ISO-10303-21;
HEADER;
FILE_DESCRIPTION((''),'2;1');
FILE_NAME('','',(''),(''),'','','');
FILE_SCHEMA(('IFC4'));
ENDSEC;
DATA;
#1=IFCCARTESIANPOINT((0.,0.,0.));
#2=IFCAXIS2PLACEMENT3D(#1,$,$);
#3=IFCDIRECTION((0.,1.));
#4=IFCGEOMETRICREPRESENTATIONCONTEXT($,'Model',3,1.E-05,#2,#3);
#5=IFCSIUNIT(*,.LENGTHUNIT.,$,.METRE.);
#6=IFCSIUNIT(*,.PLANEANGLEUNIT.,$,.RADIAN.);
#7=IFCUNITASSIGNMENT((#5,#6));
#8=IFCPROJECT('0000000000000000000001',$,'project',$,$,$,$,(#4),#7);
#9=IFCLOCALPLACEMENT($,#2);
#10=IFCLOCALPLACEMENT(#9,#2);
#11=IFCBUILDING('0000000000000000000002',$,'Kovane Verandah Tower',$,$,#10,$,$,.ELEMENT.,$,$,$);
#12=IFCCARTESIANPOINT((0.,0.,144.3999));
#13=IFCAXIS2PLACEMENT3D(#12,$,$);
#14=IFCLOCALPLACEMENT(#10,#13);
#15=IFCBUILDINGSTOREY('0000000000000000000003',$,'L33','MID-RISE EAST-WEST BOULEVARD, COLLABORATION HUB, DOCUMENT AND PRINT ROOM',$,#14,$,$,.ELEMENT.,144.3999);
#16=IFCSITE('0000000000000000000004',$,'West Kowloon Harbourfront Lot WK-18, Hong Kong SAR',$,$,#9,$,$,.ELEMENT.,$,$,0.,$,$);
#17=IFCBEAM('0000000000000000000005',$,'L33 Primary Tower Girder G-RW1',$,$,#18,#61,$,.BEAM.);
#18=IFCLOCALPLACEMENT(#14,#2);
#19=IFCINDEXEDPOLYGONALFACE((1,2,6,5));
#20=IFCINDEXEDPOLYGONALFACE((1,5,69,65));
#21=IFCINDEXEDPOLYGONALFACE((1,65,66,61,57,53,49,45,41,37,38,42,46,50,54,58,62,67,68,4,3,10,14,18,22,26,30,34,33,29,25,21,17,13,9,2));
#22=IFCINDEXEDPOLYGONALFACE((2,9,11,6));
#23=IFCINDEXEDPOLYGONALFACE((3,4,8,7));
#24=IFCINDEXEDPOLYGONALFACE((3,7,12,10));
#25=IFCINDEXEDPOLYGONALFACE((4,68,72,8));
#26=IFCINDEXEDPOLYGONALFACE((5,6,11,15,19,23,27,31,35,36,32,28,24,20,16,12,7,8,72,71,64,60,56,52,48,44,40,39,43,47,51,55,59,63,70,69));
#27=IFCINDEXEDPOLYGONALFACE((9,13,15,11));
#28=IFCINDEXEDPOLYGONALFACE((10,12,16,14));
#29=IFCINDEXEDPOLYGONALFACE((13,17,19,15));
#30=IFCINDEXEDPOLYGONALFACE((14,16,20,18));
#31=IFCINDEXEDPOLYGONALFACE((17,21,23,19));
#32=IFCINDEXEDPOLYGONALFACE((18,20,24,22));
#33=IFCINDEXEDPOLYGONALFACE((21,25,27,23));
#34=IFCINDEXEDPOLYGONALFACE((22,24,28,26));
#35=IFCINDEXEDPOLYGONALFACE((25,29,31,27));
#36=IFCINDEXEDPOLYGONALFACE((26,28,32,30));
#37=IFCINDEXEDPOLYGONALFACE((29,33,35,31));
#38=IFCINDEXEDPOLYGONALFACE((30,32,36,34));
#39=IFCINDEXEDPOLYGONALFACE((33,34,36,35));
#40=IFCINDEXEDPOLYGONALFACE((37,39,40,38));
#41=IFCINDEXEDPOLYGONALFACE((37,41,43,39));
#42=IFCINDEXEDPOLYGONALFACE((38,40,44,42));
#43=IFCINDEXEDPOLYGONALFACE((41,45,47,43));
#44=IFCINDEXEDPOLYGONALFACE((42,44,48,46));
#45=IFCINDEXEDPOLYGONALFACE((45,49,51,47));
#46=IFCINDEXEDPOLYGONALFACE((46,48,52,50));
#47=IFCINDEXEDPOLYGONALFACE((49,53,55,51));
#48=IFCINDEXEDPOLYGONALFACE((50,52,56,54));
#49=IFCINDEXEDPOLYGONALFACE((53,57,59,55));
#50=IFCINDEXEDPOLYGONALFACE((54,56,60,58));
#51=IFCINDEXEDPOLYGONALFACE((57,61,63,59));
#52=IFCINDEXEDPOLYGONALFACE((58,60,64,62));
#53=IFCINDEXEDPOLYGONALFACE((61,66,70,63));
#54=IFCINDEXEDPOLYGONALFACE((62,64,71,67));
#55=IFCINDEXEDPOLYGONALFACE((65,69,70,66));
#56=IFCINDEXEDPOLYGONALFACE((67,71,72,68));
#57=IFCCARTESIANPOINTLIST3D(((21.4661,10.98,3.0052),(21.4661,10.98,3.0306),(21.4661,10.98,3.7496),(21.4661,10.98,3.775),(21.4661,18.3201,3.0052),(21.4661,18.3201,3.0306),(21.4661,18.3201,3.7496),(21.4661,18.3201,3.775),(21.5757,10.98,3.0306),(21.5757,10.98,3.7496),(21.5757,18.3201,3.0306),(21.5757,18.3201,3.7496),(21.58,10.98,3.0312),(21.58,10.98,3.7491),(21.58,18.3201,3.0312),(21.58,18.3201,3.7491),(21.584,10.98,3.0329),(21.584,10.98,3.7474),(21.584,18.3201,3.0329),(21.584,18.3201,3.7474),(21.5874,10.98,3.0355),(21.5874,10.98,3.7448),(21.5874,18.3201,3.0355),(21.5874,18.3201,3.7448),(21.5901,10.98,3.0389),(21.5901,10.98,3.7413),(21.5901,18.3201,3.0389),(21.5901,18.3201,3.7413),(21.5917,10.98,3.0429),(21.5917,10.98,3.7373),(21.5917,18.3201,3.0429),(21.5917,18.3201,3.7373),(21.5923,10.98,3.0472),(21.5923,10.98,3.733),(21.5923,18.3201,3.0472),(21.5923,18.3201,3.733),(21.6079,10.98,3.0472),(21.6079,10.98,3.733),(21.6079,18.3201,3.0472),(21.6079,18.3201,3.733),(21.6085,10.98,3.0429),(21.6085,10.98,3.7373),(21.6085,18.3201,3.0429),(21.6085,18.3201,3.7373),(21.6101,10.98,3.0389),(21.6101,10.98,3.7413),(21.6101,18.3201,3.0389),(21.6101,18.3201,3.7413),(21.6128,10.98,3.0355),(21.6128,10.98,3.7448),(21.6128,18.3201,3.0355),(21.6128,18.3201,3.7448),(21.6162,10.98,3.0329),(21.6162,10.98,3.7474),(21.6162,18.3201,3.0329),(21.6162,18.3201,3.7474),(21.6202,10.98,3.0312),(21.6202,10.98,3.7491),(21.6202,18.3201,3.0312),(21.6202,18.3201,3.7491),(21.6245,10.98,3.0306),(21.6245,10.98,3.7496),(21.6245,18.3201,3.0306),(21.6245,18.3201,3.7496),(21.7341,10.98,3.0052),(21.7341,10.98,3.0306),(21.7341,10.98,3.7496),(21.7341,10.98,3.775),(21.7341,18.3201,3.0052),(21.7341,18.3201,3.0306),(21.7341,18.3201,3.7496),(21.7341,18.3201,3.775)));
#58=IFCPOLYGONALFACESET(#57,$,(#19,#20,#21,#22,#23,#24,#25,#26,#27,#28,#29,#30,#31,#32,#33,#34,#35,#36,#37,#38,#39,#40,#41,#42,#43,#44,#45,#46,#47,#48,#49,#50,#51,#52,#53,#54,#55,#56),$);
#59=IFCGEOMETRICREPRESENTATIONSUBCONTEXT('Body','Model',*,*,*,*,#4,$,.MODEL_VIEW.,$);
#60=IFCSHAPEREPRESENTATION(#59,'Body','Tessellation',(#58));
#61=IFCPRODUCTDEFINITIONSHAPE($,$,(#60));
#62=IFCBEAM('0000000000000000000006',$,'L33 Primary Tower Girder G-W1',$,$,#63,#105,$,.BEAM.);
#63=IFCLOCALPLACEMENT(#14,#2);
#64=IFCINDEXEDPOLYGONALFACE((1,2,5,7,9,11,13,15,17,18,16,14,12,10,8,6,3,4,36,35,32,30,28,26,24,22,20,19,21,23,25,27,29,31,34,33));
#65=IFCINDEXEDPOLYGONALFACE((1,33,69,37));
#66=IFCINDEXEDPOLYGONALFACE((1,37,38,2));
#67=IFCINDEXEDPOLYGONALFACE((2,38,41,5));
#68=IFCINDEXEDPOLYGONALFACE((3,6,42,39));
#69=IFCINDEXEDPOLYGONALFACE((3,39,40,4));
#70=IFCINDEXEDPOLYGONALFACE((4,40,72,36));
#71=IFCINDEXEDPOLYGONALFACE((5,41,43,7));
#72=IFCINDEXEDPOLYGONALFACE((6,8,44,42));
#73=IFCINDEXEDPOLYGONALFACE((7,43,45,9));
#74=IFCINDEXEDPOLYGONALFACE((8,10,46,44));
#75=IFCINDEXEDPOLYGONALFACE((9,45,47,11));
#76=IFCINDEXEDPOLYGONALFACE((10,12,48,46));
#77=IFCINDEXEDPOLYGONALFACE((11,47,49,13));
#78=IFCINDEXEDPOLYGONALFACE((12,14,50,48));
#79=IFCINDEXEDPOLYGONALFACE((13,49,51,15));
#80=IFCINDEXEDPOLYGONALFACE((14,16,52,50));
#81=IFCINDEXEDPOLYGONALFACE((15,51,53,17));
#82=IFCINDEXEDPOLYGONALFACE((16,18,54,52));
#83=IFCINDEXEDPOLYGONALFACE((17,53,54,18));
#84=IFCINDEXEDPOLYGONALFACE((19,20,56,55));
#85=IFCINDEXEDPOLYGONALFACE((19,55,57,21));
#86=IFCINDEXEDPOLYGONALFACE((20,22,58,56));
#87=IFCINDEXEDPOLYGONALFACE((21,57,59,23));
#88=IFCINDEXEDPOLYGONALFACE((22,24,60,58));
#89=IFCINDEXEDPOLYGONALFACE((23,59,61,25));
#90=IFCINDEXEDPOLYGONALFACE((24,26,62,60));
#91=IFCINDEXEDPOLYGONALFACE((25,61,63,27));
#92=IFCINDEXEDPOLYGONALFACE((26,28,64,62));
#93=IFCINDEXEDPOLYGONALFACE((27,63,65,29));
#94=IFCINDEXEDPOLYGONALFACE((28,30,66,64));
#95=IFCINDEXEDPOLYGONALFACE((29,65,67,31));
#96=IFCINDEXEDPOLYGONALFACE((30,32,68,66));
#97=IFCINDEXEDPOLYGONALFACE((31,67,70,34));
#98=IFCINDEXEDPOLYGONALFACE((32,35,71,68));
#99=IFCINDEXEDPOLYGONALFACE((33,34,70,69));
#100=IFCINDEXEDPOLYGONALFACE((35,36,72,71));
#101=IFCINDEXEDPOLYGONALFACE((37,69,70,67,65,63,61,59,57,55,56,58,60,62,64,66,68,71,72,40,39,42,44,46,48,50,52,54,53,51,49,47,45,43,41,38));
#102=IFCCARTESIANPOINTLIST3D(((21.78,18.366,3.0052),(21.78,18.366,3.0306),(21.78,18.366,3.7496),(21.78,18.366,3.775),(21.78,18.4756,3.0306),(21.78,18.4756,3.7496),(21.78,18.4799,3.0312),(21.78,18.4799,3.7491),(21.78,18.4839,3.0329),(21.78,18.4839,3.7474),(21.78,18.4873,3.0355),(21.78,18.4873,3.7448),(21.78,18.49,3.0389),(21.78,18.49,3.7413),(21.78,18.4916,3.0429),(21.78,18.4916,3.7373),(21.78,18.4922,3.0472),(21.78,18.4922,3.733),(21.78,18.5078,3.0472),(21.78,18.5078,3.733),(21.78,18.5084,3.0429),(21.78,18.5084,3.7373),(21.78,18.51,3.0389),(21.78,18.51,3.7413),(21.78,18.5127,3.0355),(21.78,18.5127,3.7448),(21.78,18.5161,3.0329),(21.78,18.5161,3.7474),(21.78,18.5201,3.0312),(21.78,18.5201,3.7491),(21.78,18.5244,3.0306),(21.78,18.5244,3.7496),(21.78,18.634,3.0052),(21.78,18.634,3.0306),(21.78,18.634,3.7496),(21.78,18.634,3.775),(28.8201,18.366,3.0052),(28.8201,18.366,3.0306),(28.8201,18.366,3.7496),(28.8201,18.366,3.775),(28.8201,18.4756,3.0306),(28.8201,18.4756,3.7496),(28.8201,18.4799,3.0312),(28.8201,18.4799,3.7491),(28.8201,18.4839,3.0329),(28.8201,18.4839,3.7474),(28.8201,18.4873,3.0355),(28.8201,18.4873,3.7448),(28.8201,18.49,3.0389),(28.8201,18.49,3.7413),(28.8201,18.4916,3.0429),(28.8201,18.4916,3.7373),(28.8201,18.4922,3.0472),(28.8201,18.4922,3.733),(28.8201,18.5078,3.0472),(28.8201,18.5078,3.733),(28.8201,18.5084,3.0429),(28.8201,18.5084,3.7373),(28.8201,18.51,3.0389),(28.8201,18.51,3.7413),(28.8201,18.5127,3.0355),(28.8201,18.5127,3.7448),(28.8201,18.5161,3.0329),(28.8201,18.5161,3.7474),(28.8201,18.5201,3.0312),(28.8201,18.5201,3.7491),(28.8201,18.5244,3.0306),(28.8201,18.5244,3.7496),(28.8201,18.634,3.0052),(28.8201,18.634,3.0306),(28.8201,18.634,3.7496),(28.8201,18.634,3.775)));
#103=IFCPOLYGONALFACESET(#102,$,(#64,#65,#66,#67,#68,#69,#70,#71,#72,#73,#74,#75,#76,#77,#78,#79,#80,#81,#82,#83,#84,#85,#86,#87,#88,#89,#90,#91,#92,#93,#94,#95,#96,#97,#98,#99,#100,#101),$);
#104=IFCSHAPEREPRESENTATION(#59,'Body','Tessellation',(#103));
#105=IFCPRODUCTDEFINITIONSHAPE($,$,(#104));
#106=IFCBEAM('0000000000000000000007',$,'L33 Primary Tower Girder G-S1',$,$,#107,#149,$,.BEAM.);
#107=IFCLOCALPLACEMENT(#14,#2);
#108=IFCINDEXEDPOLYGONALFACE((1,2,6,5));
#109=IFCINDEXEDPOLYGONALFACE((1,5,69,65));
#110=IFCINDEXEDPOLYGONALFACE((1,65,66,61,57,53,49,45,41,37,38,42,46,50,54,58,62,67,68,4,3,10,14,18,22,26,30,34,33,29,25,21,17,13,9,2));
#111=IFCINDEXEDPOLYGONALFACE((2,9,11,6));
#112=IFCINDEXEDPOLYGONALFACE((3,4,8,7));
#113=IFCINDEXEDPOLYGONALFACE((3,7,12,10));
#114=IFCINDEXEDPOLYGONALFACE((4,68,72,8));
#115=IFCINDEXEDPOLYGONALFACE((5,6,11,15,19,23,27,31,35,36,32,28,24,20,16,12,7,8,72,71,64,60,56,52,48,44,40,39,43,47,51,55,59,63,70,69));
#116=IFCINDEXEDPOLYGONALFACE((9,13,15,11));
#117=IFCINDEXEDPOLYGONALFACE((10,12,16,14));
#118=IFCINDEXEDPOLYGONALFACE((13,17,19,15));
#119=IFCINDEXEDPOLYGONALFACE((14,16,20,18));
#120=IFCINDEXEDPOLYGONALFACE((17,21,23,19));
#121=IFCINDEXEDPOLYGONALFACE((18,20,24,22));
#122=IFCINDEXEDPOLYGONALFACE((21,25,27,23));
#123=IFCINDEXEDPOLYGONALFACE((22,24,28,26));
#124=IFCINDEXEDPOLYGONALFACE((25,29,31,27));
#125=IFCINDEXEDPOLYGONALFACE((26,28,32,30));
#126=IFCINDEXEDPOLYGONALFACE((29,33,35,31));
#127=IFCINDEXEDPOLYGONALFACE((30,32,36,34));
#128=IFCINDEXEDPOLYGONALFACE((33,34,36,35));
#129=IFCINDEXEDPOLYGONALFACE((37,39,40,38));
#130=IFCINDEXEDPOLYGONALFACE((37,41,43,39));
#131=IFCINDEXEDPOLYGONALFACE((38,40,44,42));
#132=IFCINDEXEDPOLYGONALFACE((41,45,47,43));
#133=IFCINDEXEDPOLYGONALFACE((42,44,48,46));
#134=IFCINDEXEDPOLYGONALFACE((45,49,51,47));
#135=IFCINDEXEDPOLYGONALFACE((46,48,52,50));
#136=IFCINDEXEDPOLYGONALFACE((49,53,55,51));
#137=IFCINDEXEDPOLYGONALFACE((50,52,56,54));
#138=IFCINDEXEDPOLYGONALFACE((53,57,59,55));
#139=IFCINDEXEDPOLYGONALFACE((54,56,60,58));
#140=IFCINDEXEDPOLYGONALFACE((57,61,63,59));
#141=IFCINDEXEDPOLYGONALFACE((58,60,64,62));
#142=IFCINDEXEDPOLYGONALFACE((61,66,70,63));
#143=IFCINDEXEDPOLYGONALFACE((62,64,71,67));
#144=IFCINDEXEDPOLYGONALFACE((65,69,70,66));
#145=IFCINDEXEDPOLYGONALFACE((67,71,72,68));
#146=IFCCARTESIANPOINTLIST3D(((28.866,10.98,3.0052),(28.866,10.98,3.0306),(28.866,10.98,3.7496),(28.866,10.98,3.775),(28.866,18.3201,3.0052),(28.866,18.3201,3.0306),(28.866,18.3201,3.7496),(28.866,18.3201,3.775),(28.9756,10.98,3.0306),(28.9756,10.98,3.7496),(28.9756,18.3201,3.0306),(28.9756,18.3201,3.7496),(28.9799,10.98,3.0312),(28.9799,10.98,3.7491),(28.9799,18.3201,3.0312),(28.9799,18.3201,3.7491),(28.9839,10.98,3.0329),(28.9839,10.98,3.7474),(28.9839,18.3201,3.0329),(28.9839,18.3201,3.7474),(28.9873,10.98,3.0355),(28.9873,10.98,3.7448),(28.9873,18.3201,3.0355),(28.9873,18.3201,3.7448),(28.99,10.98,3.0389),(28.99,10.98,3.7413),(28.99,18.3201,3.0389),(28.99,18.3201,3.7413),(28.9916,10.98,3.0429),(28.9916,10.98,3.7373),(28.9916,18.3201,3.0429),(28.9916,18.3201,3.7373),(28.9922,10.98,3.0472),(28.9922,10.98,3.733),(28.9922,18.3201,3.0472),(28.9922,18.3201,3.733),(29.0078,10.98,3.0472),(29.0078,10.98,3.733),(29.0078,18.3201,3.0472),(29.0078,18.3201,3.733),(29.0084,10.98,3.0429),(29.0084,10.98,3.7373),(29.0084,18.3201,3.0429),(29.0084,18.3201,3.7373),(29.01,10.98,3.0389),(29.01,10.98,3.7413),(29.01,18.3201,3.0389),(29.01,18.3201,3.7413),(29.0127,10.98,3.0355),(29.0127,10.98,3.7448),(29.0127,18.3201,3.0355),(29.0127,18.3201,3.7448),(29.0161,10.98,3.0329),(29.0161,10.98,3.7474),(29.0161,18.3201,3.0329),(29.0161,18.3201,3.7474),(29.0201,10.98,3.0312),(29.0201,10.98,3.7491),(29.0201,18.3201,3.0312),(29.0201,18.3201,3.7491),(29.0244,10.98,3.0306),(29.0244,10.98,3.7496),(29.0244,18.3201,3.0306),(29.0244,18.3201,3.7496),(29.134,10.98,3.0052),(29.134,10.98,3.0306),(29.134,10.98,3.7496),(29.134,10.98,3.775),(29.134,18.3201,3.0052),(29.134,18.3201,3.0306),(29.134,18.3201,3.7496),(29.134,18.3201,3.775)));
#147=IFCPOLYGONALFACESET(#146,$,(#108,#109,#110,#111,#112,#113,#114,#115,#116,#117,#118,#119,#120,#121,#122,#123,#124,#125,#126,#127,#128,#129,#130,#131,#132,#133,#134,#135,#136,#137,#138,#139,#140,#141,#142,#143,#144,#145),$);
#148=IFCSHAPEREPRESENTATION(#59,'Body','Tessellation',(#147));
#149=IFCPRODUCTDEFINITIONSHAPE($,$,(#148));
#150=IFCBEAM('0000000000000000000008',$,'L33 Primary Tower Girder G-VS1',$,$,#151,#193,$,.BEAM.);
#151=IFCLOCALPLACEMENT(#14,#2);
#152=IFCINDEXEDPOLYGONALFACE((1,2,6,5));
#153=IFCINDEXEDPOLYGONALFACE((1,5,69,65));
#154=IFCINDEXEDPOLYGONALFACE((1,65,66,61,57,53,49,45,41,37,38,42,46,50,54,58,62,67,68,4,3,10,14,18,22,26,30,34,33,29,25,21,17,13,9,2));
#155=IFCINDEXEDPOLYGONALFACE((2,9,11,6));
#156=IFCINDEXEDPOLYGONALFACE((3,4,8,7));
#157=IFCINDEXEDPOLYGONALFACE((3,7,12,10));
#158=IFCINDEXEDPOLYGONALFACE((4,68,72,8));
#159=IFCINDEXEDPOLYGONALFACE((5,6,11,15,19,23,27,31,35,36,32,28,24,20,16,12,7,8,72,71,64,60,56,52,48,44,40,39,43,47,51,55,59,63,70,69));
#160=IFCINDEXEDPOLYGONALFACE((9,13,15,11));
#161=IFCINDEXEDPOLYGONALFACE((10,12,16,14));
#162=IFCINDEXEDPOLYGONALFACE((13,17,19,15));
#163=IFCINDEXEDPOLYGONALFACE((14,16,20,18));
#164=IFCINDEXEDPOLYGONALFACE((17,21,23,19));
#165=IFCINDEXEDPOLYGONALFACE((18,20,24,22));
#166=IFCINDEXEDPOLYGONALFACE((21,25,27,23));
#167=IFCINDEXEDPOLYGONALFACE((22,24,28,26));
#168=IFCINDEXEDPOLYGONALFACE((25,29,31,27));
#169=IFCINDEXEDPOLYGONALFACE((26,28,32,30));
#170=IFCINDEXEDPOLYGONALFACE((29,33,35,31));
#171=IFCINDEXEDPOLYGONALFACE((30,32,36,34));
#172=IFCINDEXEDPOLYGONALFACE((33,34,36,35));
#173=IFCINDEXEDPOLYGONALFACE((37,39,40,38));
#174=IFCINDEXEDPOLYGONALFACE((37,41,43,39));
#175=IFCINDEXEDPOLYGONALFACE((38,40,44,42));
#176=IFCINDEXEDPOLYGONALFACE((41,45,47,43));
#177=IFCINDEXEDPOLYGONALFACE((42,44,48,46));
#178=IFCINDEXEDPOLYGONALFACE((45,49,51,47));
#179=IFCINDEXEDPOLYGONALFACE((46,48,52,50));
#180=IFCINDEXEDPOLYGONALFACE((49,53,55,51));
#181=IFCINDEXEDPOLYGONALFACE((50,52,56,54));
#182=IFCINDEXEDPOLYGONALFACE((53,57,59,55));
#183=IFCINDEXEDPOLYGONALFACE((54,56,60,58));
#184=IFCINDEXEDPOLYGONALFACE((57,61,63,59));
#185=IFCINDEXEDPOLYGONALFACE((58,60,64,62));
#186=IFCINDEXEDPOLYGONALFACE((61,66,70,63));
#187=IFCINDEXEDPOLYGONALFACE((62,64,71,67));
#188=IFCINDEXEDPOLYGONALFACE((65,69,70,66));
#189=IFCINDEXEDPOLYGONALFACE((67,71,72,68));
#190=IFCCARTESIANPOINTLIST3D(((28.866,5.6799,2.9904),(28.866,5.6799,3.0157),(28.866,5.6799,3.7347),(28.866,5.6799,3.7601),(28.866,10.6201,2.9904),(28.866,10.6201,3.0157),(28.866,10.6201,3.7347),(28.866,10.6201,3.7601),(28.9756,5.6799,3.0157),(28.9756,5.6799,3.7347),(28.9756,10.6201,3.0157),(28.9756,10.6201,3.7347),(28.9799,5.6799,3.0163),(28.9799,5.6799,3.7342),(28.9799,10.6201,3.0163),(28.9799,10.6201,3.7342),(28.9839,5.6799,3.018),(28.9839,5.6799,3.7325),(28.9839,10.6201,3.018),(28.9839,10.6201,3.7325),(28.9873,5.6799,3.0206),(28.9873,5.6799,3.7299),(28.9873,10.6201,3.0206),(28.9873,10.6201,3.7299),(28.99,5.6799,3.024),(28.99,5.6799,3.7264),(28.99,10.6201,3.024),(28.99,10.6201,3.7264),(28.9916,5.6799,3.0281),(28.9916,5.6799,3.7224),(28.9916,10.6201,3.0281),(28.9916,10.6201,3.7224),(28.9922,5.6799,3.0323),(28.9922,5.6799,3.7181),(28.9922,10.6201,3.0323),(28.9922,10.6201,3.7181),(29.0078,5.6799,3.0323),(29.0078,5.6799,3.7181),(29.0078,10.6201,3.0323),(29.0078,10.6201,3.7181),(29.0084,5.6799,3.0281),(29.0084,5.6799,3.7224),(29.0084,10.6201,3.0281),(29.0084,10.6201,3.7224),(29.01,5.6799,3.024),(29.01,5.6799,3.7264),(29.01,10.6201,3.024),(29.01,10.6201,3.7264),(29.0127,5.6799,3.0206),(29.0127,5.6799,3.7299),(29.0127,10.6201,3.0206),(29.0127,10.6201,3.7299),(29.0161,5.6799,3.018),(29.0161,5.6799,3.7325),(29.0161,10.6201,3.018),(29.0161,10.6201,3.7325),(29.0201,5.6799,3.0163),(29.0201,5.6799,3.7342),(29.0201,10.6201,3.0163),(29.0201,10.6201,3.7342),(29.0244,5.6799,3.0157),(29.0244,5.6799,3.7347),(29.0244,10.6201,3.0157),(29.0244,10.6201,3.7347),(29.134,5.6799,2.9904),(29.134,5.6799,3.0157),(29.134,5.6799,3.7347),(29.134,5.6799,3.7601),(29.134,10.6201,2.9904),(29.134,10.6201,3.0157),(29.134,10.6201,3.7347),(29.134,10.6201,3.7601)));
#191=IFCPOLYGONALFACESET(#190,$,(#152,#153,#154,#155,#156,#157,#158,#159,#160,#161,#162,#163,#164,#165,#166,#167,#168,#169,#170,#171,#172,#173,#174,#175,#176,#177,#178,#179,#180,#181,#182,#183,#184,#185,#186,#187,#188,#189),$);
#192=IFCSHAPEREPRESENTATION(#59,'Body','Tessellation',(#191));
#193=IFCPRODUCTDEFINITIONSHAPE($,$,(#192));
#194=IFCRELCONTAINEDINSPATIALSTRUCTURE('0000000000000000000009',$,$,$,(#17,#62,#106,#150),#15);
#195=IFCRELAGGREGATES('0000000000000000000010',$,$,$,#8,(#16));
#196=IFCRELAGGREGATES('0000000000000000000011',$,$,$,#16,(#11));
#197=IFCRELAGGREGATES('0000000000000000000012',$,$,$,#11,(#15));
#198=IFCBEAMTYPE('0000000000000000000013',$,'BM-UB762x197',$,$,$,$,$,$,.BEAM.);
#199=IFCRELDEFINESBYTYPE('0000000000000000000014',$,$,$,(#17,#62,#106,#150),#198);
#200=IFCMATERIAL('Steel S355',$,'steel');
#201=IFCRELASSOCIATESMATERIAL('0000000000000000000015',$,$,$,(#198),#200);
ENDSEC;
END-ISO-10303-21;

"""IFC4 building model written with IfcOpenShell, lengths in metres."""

from ifc_helpers import new_model, si_unit, direction, frame, origin, origin_2d, place, context, subcontext, project, spatial, i_section, extrude, material, material_profile, profile_set, type_object, element, save


model = new_model("IFC4")

# Units and contexts
model_context = context("Model", 3, precision=1e-05, world=origin(), true_north=direction((0.0, 1.0)))
body_context = subcontext(model_context, "Body", "Model", "MODEL_VIEW")
ifc_project = project(units=[si_unit("LENGTHUNIT", "METRE"), si_unit("PLANEANGLEUNIT", "RADIAN")], contexts=[model_context])

# Site, building, storey
site_placement = place(None, origin())
site = spatial("IfcSite", under=ifc_project, at=site_placement, Name="West Kowloon Harbourfront Lot WK-18, Hong Kong SAR", CompositionType="ELEMENT", RefElevation=0.0)
building_placement = place(site_placement, origin())
building = spatial("IfcBuilding", under=site, at=building_placement, Name="Kovane Verandah Tower", CompositionType="ELEMENT")
storey_placement = place(building_placement, frame((0.0, 0.0, 144.3999)))
storey = spatial("IfcBuildingStorey", under=building, at=storey_placement, Name="L33", Description="MID-RISE EAST-WEST BOULEVARD, COLLABORATION HUB, DOCUMENT AND PRINT ROOM", CompositionType="ELEMENT", Elevation=144.3999)

# Beams
ifc_material_1 = material(Name="Steel S355", Category="steel")
ifc_material_profile_1 = material_profile(ifc_material_1, i_section(OverallWidth=0.2681, OverallDepth=0.7698, WebThickness=0.0156, FlangeThickness=0.0254, FilletRadius=0.0166, at=origin_2d()), Name="UB762x267x197")
ifc_profile_set_1 = profile_set([ifc_material_profile_1], Name="Steel S355")
beam_type_1 = type_object("IfcBeamType", Name="BM-UB762x197", PredefinedType="BEAM", material=ifc_profile_set_1)
beam_1_placement = place(storey_placement, frame((21.6001, 10.98, 3.3901), z_axis=(0.0, 1.0, 0.0), x_axis=(-1.0, 0.0, 0.0)))
element("IfcBeam", 1, at=beam_1_placement, inside=storey, type_object=beam_type_1, Name="L33 Primary Tower Girder G-RW1", PredefinedType="BEAM", context=body_context, shape_type="SweptSolid", body=[
    extrude(i_section(OverallWidth=0.2681, OverallDepth=0.7698, WebThickness=0.0156, FlangeThickness=0.0254, FilletRadius=0.0166, at=origin_2d()), origin(), (0.0, 0.0, 1.0), 7.3401),
])
beam_2_placement = place(storey_placement, frame((28.8201, 18.5, 3.3901), z_axis=(-1.0, 0.0, 0.0), x_axis=(0.0, -1.0, 0.0)))
element("IfcBeam", 2, at=beam_2_placement, inside=storey, type_object=beam_type_1, Name="L33 Primary Tower Girder G-W1", PredefinedType="BEAM", context=body_context, shape_type="SweptSolid", body=[
    extrude(i_section(OverallWidth=0.2681, OverallDepth=0.7698, WebThickness=0.0156, FlangeThickness=0.0254, FilletRadius=0.0166, at=origin_2d()), origin(), (0.0, 0.0, 1.0), 7.04),
])
beam_3_placement = place(storey_placement, frame((29.0, 18.3201, 3.3901), z_axis=(0.0, -1.0, 0.0), x_axis=(1.0, 0.0, 0.0)))
element("IfcBeam", 3, at=beam_3_placement, inside=storey, type_object=beam_type_1, Name="L33 Primary Tower Girder G-S1", PredefinedType="BEAM", context=body_context, shape_type="SweptSolid", body=[
    extrude(i_section(OverallWidth=0.2681, OverallDepth=0.7698, WebThickness=0.0156, FlangeThickness=0.0254, FilletRadius=0.0166, at=origin_2d()), origin(), (0.0, 0.0, 1.0), 7.3401),
])
beam_4_placement = place(storey_placement, frame((29.0, 10.6201, 3.3752), z_axis=(0.0, -1.0, 0.0), x_axis=(1.0, 0.0, 0.0)))
element("IfcBeam", 4, at=beam_4_placement, inside=storey, type_object=beam_type_1, Name="L33 Primary Tower Girder G-VS1", PredefinedType="BEAM", context=body_context, shape_type="SweptSolid", body=[
    extrude(i_section(OverallWidth=0.2681, OverallDepth=0.7698, WebThickness=0.0156, FlangeThickness=0.0254, FilletRadius=0.0166, at=origin_2d()), origin(), (0.0, 0.0, 1.0), 4.9402),
])

save(model, "model.ifc")
